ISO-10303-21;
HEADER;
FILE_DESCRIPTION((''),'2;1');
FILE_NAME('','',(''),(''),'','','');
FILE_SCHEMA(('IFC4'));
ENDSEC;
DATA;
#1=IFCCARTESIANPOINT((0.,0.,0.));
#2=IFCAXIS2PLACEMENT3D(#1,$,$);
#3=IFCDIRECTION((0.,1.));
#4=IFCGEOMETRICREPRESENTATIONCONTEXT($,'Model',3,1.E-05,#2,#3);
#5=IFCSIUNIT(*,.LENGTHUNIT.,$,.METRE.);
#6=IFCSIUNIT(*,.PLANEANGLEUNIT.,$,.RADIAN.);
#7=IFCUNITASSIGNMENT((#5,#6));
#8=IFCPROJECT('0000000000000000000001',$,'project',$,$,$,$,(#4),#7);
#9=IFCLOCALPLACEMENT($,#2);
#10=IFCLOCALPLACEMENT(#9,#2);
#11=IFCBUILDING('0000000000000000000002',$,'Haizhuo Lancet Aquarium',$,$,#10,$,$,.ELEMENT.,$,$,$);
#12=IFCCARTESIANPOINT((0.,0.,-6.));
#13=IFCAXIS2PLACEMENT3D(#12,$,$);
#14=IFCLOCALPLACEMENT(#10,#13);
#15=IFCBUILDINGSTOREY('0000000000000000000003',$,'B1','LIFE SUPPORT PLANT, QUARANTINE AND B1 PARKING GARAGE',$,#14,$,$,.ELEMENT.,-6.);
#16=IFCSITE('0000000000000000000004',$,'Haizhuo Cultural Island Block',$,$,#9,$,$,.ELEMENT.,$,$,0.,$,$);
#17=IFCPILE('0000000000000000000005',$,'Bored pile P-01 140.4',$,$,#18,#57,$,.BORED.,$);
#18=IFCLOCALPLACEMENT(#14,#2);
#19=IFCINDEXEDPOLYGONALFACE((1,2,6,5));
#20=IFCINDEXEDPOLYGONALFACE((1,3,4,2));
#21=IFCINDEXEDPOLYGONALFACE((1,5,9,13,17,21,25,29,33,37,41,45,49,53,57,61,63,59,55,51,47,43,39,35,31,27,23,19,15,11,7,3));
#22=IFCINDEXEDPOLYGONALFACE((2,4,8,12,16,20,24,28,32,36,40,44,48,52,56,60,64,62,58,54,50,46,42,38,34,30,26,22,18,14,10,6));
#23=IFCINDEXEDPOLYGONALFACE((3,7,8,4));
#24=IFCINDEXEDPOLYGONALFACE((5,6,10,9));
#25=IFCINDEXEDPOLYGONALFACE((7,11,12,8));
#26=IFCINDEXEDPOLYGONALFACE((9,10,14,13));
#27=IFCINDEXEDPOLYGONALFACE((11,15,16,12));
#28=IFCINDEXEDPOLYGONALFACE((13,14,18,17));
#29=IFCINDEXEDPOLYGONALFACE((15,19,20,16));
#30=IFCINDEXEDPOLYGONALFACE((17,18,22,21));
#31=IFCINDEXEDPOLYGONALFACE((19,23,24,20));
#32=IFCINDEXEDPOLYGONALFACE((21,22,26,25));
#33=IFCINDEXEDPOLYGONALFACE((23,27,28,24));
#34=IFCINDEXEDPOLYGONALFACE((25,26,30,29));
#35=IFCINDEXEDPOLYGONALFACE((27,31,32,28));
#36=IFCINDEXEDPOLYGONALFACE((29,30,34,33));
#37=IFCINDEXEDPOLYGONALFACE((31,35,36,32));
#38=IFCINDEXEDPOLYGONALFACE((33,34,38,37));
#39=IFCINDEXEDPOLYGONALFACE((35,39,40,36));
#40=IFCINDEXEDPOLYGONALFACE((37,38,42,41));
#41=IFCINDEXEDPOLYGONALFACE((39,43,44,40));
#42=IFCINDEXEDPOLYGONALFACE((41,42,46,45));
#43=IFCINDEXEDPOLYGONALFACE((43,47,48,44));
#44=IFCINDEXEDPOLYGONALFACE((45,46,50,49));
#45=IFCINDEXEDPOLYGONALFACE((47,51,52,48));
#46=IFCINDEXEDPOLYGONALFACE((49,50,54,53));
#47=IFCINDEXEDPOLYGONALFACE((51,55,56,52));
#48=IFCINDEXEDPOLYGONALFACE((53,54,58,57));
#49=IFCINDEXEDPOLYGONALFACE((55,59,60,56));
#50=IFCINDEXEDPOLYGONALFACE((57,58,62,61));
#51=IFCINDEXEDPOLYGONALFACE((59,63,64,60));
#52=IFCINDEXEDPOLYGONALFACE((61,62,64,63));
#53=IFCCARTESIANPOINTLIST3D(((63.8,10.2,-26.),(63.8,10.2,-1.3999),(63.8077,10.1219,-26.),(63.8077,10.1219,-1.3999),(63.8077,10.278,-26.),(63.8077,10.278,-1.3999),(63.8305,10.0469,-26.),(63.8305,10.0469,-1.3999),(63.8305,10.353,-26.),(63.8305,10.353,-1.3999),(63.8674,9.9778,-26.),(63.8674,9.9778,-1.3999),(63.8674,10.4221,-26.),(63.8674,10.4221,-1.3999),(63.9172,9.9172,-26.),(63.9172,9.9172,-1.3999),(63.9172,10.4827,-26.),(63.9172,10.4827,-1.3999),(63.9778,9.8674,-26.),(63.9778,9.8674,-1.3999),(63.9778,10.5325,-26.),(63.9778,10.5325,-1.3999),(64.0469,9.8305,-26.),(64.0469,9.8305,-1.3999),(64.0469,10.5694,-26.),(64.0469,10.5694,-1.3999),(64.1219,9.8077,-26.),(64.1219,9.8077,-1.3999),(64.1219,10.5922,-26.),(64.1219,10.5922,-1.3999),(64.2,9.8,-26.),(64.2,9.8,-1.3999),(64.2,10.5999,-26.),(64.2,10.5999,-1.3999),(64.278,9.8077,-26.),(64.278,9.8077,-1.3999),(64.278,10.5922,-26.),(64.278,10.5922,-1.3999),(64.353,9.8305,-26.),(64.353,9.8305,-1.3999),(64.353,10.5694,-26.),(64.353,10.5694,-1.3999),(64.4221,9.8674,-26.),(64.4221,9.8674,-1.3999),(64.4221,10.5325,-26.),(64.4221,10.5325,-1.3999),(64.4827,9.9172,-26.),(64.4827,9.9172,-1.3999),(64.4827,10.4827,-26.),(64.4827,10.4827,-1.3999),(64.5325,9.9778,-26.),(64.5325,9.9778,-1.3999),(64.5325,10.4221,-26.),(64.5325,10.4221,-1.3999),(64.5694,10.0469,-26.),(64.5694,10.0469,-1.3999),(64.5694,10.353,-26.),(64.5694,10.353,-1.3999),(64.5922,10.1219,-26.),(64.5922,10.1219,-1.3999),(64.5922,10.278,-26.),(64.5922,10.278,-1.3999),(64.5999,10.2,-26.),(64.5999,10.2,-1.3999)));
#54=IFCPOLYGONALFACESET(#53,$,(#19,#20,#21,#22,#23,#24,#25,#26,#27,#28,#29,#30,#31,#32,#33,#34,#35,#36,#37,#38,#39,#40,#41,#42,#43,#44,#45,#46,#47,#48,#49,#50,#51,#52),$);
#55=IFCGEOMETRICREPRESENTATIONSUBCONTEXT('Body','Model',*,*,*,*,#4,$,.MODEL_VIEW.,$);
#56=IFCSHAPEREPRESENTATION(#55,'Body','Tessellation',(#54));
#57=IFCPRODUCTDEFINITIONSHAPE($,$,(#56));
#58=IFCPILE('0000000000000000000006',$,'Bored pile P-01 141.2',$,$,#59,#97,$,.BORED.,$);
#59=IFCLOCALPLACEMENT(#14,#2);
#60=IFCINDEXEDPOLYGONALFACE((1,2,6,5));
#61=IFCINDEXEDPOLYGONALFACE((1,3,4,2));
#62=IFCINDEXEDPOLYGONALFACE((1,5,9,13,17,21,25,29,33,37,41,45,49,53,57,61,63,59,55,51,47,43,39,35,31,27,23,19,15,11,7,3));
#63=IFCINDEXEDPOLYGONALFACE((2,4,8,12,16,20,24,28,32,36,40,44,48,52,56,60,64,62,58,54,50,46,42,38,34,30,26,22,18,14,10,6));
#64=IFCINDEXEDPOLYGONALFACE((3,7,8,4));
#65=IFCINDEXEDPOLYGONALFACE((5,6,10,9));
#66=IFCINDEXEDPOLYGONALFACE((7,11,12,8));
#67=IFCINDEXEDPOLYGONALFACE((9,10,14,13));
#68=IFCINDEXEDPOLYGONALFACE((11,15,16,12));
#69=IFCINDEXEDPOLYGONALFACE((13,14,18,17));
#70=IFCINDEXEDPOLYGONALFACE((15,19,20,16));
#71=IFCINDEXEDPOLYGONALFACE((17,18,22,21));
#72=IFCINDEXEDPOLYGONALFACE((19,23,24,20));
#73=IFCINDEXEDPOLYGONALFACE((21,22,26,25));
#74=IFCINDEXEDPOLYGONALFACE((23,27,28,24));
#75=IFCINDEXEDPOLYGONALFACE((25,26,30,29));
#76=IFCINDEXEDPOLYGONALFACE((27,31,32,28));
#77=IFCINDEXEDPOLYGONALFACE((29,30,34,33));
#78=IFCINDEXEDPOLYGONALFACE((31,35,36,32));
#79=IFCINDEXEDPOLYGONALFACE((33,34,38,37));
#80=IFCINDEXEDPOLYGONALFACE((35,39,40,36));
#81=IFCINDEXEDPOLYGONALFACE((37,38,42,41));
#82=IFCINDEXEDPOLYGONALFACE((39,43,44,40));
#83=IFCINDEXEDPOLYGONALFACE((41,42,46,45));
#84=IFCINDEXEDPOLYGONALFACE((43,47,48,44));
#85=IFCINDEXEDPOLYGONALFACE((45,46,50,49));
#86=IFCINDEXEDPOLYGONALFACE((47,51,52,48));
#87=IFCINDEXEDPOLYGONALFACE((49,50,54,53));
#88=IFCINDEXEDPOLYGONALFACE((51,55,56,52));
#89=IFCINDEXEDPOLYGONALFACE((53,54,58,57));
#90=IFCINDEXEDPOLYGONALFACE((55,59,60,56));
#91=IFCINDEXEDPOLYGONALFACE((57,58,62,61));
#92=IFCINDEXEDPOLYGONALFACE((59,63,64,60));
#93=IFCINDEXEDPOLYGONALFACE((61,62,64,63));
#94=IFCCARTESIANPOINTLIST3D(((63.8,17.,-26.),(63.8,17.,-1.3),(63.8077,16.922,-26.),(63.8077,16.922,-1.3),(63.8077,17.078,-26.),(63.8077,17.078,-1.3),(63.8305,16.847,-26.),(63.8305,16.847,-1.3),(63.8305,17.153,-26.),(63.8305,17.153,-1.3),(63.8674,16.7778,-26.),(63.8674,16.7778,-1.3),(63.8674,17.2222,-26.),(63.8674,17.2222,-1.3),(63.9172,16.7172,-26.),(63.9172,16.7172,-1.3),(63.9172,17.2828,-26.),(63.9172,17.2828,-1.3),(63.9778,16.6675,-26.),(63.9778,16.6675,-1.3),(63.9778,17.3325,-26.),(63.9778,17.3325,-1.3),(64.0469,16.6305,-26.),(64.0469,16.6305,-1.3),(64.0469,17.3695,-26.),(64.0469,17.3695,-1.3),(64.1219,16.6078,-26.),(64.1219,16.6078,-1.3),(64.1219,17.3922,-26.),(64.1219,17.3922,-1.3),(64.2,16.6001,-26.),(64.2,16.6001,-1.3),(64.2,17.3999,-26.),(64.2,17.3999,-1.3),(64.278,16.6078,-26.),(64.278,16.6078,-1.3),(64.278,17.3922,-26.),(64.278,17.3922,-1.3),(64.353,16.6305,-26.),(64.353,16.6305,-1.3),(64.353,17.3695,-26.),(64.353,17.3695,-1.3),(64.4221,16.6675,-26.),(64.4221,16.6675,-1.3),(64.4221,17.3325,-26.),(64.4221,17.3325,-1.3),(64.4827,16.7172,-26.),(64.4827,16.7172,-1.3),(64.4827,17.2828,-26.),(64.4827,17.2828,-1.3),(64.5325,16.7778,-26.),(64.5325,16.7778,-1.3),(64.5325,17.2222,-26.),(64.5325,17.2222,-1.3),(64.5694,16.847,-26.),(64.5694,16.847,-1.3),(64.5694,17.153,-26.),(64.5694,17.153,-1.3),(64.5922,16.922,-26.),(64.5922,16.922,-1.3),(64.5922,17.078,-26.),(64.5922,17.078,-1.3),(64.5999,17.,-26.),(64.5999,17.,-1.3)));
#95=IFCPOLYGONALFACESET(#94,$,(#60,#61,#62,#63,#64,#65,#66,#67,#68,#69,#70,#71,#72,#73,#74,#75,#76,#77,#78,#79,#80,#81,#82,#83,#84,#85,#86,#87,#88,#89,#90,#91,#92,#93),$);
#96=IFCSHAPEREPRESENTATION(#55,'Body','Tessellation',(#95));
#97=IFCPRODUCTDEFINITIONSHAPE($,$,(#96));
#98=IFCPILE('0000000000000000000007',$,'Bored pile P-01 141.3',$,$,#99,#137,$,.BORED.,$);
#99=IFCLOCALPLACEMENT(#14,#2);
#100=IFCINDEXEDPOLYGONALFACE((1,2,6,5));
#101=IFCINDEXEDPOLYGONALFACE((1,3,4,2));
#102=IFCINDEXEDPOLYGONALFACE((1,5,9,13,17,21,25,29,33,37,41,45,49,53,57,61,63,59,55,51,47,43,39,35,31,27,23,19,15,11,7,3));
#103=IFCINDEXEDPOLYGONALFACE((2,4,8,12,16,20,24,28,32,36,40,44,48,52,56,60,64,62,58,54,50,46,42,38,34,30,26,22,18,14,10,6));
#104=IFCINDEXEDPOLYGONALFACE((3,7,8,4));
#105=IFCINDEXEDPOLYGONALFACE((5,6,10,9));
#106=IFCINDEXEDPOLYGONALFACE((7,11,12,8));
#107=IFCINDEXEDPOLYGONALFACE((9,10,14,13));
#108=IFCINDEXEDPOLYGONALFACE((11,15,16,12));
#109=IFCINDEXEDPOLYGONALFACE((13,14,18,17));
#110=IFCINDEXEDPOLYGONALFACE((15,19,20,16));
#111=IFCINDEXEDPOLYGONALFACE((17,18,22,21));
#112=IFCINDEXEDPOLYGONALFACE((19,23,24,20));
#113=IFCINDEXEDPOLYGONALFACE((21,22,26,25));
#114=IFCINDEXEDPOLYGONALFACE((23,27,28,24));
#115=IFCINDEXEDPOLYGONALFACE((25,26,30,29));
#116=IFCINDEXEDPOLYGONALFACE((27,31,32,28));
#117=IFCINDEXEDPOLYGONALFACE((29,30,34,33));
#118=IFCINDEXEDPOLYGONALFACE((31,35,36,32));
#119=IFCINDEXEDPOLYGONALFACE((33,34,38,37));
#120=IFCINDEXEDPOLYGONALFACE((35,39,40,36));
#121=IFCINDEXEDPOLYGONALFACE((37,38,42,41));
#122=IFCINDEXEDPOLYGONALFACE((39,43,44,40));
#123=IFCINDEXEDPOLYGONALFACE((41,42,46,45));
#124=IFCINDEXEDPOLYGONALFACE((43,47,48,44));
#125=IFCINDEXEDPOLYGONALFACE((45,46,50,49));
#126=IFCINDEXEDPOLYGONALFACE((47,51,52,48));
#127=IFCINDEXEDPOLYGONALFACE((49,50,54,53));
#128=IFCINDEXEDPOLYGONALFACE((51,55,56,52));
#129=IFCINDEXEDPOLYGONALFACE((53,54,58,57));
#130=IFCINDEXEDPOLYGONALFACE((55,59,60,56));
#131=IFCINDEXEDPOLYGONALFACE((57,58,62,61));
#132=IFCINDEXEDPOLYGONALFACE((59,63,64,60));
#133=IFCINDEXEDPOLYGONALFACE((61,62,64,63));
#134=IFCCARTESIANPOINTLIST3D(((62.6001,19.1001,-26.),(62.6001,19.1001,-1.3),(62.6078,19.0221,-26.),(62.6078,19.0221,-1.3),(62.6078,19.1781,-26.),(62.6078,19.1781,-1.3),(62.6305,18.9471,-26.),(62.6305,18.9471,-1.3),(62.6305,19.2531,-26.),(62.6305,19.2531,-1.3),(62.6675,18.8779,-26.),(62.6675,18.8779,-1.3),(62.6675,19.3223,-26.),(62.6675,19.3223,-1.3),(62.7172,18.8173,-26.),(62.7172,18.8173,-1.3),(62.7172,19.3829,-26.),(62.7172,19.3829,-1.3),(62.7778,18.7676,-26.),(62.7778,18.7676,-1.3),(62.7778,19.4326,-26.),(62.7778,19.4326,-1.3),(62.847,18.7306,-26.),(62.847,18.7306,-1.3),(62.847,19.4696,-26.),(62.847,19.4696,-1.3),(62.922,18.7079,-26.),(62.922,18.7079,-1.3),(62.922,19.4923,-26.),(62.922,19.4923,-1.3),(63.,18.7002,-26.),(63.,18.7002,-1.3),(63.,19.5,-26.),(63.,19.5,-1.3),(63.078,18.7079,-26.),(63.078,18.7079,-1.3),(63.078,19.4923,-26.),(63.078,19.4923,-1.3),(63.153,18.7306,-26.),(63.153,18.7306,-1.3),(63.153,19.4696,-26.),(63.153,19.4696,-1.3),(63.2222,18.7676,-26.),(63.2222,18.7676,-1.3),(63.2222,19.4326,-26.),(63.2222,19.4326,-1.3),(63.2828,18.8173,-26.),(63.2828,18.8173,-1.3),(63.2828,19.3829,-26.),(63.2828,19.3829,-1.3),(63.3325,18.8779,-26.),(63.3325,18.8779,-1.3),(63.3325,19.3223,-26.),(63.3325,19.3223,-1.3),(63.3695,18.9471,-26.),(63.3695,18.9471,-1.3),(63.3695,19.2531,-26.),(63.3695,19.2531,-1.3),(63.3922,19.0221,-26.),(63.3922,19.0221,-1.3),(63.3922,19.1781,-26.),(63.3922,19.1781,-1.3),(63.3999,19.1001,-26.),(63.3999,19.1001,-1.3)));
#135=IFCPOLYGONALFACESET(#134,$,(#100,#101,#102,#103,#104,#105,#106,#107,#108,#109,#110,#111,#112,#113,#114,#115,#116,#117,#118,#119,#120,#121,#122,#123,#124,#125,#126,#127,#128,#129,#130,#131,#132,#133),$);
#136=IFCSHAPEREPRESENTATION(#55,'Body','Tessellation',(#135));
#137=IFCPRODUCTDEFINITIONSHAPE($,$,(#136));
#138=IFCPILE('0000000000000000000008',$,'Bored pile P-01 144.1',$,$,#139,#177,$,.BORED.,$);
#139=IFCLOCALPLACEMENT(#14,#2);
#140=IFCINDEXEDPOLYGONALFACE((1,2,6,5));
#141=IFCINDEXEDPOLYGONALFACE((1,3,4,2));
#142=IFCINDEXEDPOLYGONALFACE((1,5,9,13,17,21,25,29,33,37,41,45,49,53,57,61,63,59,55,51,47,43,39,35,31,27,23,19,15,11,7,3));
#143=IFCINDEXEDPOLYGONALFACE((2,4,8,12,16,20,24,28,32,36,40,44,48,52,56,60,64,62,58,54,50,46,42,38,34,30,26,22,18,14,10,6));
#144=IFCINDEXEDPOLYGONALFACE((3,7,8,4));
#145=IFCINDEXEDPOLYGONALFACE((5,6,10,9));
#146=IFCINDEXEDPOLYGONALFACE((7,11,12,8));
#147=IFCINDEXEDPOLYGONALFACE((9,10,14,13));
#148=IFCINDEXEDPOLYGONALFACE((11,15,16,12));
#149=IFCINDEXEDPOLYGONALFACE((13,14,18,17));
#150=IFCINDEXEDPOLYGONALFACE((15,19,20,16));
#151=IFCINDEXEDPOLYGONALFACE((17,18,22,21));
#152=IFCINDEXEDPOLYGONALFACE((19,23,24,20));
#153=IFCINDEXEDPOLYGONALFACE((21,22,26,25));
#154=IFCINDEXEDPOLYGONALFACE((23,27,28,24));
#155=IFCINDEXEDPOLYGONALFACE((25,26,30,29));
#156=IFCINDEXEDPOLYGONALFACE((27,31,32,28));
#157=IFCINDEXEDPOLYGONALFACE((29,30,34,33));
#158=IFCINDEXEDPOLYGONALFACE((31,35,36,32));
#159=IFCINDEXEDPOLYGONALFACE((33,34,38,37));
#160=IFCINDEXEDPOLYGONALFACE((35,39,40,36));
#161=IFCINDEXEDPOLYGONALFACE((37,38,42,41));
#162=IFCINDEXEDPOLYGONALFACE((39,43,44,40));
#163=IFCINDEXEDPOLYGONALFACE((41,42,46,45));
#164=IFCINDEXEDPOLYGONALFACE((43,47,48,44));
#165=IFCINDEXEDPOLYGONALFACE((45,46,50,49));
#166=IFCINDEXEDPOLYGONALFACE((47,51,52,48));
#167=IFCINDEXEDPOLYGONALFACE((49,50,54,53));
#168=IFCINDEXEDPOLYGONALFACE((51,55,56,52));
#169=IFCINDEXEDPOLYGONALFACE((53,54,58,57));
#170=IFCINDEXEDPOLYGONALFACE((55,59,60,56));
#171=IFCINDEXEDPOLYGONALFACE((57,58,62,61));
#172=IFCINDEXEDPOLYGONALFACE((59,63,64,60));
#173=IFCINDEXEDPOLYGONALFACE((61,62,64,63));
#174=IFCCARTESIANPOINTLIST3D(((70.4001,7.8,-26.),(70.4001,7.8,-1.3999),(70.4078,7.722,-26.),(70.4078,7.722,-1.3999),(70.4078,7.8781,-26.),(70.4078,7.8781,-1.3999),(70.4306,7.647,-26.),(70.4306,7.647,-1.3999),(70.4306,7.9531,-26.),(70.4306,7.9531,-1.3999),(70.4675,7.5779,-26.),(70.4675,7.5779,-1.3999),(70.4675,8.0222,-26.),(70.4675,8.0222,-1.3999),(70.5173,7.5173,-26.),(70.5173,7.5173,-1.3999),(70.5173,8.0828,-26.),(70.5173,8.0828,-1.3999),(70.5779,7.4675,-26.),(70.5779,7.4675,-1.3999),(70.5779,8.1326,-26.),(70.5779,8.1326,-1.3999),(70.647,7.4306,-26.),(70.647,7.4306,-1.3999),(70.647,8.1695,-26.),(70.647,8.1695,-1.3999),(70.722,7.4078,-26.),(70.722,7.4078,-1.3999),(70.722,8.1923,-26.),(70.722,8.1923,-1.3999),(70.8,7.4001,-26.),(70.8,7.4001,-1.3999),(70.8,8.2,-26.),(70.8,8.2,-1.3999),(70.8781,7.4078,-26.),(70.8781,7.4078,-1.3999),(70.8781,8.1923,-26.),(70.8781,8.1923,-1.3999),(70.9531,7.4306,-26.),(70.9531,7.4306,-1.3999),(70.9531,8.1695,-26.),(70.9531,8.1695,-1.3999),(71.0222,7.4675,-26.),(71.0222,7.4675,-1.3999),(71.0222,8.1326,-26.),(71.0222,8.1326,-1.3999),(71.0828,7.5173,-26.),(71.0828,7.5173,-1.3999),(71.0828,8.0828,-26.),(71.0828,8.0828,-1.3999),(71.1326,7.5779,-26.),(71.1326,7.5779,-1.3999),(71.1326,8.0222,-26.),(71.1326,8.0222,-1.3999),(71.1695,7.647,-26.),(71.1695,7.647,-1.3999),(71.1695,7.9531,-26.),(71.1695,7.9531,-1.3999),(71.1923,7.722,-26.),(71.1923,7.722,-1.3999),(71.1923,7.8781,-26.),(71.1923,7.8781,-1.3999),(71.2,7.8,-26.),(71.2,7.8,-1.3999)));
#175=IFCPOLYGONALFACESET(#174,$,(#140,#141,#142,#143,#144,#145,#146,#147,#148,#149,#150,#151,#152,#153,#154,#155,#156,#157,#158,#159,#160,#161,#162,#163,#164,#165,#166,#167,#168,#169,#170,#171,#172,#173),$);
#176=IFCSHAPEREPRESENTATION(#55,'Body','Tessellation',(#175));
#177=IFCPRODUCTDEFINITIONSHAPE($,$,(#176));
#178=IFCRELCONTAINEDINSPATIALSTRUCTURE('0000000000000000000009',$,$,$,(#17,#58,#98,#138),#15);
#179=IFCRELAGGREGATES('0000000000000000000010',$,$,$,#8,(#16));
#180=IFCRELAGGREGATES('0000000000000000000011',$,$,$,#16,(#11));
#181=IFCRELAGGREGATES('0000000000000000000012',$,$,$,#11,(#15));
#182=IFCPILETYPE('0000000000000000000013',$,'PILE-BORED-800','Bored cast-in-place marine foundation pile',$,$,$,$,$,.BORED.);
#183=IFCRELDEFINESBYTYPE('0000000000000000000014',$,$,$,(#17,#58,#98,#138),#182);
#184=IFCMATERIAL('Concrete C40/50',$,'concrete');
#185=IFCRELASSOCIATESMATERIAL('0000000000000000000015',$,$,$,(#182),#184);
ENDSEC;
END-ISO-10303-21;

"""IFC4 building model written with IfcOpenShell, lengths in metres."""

from ifc_helpers import new_model, si_unit, direction, frame, origin, origin_2d, place, context, subcontext, project, spatial, circle, extrude, material, material_profile, profile_set, type_object, element, save


model = new_model("IFC4")

# Units and contexts
model_context = context("Model", 3, precision=1e-05, world=origin(), true_north=direction((0.0, 1.0)))
body_context = subcontext(model_context, "Body", "Model", "MODEL_VIEW")
ifc_project = project(units=[si_unit("LENGTHUNIT", "METRE"), si_unit("PLANEANGLEUNIT", "RADIAN")], contexts=[model_context])

# Site, building, storey
site_placement = place(None, origin())
site = spatial("IfcSite", under=ifc_project, at=site_placement, Name="Haizhuo Cultural Island Block", CompositionType="ELEMENT", RefElevation=0.0)
building_placement = place(site_placement, origin())
building = spatial("IfcBuilding", under=site, at=building_placement, Name="Haizhuo Lancet Aquarium", CompositionType="ELEMENT")
storey_placement = place(building_placement, frame((0.0, 0.0, -6.0)))
storey = spatial("IfcBuildingStorey", under=building, at=storey_placement, Name="B1", Description="LIFE SUPPORT PLANT, QUARANTINE AND B1 PARKING GARAGE", CompositionType="ELEMENT", Elevation=-6.0)

# Shared definitions
ifc_material_1 = material(Name="Concrete C40/50", Category="concrete")

# Piles
ifc_material_profile_1 = material_profile(ifc_material_1, circle(Radius=0.3999, at=origin_2d()), Name="PILE-800")
ifc_profile_set_1 = profile_set([ifc_material_profile_1], Name="Concrete C40/50")
pile_type_1 = type_object("IfcPileType", Name="PILE-BORED-800", Description="Bored cast-in-place marine foundation pile", PredefinedType="BORED", material=ifc_profile_set_1)
for number, where, z_axis, x_axis, name in (
    (1, (64.2, 10.2, -1.3999), (0.0, 0.0, -1.0), (1.0, 0.0, 0.0), "Bored pile P-01 140.4"),
):
    element("IfcPile", number, at=place(storey_placement, frame(where, z_axis=z_axis, x_axis=x_axis)), inside=storey, type_object=pile_type_1, Name=name, PredefinedType="BORED", context=body_context, shape_type="SweptSolid", body=[
        extrude(circle(Radius=0.3999, at=origin_2d()), origin(), (0.0, 0.0, 1.0), 24.6001),
    ])
for number, where, z_axis, x_axis, name in (
    (2, (64.2, 17.0, -1.3), (0.0, 0.0, -1.0), (1.0, 0.0, 0.0), "Bored pile P-01 141.2"),
    (3, (63.0, 19.1001, -1.3), (0.0, 0.0, -1.0), (1.0, 0.0, 0.0), "Bored pile P-01 141.3"),
):
    element("IfcPile", number, at=place(storey_placement, frame(where, z_axis=z_axis, x_axis=x_axis)), inside=storey, type_object=pile_type_1, Name=name, PredefinedType="BORED", context=body_context, shape_type="SweptSolid", body=[
        extrude(circle(Radius=0.3999, at=origin_2d()), origin(), (0.0, 0.0, 1.0), 24.7),
    ])
for number, where, z_axis, x_axis, name in (
    (4, (70.8, 7.8, -1.3999), (0.0, 0.0, -1.0), (1.0, 0.0, 0.0), "Bored pile P-01 144.1"),
):
    element("IfcPile", number, at=place(storey_placement, frame(where, z_axis=z_axis, x_axis=x_axis)), inside=storey, type_object=pile_type_1, Name=name, PredefinedType="BORED", context=body_context, shape_type="SweptSolid", body=[
        extrude(circle(Radius=0.3999, at=origin_2d()), origin(), (0.0, 0.0, 1.0), 24.6001),
    ])

save(model, "model.ifc")
